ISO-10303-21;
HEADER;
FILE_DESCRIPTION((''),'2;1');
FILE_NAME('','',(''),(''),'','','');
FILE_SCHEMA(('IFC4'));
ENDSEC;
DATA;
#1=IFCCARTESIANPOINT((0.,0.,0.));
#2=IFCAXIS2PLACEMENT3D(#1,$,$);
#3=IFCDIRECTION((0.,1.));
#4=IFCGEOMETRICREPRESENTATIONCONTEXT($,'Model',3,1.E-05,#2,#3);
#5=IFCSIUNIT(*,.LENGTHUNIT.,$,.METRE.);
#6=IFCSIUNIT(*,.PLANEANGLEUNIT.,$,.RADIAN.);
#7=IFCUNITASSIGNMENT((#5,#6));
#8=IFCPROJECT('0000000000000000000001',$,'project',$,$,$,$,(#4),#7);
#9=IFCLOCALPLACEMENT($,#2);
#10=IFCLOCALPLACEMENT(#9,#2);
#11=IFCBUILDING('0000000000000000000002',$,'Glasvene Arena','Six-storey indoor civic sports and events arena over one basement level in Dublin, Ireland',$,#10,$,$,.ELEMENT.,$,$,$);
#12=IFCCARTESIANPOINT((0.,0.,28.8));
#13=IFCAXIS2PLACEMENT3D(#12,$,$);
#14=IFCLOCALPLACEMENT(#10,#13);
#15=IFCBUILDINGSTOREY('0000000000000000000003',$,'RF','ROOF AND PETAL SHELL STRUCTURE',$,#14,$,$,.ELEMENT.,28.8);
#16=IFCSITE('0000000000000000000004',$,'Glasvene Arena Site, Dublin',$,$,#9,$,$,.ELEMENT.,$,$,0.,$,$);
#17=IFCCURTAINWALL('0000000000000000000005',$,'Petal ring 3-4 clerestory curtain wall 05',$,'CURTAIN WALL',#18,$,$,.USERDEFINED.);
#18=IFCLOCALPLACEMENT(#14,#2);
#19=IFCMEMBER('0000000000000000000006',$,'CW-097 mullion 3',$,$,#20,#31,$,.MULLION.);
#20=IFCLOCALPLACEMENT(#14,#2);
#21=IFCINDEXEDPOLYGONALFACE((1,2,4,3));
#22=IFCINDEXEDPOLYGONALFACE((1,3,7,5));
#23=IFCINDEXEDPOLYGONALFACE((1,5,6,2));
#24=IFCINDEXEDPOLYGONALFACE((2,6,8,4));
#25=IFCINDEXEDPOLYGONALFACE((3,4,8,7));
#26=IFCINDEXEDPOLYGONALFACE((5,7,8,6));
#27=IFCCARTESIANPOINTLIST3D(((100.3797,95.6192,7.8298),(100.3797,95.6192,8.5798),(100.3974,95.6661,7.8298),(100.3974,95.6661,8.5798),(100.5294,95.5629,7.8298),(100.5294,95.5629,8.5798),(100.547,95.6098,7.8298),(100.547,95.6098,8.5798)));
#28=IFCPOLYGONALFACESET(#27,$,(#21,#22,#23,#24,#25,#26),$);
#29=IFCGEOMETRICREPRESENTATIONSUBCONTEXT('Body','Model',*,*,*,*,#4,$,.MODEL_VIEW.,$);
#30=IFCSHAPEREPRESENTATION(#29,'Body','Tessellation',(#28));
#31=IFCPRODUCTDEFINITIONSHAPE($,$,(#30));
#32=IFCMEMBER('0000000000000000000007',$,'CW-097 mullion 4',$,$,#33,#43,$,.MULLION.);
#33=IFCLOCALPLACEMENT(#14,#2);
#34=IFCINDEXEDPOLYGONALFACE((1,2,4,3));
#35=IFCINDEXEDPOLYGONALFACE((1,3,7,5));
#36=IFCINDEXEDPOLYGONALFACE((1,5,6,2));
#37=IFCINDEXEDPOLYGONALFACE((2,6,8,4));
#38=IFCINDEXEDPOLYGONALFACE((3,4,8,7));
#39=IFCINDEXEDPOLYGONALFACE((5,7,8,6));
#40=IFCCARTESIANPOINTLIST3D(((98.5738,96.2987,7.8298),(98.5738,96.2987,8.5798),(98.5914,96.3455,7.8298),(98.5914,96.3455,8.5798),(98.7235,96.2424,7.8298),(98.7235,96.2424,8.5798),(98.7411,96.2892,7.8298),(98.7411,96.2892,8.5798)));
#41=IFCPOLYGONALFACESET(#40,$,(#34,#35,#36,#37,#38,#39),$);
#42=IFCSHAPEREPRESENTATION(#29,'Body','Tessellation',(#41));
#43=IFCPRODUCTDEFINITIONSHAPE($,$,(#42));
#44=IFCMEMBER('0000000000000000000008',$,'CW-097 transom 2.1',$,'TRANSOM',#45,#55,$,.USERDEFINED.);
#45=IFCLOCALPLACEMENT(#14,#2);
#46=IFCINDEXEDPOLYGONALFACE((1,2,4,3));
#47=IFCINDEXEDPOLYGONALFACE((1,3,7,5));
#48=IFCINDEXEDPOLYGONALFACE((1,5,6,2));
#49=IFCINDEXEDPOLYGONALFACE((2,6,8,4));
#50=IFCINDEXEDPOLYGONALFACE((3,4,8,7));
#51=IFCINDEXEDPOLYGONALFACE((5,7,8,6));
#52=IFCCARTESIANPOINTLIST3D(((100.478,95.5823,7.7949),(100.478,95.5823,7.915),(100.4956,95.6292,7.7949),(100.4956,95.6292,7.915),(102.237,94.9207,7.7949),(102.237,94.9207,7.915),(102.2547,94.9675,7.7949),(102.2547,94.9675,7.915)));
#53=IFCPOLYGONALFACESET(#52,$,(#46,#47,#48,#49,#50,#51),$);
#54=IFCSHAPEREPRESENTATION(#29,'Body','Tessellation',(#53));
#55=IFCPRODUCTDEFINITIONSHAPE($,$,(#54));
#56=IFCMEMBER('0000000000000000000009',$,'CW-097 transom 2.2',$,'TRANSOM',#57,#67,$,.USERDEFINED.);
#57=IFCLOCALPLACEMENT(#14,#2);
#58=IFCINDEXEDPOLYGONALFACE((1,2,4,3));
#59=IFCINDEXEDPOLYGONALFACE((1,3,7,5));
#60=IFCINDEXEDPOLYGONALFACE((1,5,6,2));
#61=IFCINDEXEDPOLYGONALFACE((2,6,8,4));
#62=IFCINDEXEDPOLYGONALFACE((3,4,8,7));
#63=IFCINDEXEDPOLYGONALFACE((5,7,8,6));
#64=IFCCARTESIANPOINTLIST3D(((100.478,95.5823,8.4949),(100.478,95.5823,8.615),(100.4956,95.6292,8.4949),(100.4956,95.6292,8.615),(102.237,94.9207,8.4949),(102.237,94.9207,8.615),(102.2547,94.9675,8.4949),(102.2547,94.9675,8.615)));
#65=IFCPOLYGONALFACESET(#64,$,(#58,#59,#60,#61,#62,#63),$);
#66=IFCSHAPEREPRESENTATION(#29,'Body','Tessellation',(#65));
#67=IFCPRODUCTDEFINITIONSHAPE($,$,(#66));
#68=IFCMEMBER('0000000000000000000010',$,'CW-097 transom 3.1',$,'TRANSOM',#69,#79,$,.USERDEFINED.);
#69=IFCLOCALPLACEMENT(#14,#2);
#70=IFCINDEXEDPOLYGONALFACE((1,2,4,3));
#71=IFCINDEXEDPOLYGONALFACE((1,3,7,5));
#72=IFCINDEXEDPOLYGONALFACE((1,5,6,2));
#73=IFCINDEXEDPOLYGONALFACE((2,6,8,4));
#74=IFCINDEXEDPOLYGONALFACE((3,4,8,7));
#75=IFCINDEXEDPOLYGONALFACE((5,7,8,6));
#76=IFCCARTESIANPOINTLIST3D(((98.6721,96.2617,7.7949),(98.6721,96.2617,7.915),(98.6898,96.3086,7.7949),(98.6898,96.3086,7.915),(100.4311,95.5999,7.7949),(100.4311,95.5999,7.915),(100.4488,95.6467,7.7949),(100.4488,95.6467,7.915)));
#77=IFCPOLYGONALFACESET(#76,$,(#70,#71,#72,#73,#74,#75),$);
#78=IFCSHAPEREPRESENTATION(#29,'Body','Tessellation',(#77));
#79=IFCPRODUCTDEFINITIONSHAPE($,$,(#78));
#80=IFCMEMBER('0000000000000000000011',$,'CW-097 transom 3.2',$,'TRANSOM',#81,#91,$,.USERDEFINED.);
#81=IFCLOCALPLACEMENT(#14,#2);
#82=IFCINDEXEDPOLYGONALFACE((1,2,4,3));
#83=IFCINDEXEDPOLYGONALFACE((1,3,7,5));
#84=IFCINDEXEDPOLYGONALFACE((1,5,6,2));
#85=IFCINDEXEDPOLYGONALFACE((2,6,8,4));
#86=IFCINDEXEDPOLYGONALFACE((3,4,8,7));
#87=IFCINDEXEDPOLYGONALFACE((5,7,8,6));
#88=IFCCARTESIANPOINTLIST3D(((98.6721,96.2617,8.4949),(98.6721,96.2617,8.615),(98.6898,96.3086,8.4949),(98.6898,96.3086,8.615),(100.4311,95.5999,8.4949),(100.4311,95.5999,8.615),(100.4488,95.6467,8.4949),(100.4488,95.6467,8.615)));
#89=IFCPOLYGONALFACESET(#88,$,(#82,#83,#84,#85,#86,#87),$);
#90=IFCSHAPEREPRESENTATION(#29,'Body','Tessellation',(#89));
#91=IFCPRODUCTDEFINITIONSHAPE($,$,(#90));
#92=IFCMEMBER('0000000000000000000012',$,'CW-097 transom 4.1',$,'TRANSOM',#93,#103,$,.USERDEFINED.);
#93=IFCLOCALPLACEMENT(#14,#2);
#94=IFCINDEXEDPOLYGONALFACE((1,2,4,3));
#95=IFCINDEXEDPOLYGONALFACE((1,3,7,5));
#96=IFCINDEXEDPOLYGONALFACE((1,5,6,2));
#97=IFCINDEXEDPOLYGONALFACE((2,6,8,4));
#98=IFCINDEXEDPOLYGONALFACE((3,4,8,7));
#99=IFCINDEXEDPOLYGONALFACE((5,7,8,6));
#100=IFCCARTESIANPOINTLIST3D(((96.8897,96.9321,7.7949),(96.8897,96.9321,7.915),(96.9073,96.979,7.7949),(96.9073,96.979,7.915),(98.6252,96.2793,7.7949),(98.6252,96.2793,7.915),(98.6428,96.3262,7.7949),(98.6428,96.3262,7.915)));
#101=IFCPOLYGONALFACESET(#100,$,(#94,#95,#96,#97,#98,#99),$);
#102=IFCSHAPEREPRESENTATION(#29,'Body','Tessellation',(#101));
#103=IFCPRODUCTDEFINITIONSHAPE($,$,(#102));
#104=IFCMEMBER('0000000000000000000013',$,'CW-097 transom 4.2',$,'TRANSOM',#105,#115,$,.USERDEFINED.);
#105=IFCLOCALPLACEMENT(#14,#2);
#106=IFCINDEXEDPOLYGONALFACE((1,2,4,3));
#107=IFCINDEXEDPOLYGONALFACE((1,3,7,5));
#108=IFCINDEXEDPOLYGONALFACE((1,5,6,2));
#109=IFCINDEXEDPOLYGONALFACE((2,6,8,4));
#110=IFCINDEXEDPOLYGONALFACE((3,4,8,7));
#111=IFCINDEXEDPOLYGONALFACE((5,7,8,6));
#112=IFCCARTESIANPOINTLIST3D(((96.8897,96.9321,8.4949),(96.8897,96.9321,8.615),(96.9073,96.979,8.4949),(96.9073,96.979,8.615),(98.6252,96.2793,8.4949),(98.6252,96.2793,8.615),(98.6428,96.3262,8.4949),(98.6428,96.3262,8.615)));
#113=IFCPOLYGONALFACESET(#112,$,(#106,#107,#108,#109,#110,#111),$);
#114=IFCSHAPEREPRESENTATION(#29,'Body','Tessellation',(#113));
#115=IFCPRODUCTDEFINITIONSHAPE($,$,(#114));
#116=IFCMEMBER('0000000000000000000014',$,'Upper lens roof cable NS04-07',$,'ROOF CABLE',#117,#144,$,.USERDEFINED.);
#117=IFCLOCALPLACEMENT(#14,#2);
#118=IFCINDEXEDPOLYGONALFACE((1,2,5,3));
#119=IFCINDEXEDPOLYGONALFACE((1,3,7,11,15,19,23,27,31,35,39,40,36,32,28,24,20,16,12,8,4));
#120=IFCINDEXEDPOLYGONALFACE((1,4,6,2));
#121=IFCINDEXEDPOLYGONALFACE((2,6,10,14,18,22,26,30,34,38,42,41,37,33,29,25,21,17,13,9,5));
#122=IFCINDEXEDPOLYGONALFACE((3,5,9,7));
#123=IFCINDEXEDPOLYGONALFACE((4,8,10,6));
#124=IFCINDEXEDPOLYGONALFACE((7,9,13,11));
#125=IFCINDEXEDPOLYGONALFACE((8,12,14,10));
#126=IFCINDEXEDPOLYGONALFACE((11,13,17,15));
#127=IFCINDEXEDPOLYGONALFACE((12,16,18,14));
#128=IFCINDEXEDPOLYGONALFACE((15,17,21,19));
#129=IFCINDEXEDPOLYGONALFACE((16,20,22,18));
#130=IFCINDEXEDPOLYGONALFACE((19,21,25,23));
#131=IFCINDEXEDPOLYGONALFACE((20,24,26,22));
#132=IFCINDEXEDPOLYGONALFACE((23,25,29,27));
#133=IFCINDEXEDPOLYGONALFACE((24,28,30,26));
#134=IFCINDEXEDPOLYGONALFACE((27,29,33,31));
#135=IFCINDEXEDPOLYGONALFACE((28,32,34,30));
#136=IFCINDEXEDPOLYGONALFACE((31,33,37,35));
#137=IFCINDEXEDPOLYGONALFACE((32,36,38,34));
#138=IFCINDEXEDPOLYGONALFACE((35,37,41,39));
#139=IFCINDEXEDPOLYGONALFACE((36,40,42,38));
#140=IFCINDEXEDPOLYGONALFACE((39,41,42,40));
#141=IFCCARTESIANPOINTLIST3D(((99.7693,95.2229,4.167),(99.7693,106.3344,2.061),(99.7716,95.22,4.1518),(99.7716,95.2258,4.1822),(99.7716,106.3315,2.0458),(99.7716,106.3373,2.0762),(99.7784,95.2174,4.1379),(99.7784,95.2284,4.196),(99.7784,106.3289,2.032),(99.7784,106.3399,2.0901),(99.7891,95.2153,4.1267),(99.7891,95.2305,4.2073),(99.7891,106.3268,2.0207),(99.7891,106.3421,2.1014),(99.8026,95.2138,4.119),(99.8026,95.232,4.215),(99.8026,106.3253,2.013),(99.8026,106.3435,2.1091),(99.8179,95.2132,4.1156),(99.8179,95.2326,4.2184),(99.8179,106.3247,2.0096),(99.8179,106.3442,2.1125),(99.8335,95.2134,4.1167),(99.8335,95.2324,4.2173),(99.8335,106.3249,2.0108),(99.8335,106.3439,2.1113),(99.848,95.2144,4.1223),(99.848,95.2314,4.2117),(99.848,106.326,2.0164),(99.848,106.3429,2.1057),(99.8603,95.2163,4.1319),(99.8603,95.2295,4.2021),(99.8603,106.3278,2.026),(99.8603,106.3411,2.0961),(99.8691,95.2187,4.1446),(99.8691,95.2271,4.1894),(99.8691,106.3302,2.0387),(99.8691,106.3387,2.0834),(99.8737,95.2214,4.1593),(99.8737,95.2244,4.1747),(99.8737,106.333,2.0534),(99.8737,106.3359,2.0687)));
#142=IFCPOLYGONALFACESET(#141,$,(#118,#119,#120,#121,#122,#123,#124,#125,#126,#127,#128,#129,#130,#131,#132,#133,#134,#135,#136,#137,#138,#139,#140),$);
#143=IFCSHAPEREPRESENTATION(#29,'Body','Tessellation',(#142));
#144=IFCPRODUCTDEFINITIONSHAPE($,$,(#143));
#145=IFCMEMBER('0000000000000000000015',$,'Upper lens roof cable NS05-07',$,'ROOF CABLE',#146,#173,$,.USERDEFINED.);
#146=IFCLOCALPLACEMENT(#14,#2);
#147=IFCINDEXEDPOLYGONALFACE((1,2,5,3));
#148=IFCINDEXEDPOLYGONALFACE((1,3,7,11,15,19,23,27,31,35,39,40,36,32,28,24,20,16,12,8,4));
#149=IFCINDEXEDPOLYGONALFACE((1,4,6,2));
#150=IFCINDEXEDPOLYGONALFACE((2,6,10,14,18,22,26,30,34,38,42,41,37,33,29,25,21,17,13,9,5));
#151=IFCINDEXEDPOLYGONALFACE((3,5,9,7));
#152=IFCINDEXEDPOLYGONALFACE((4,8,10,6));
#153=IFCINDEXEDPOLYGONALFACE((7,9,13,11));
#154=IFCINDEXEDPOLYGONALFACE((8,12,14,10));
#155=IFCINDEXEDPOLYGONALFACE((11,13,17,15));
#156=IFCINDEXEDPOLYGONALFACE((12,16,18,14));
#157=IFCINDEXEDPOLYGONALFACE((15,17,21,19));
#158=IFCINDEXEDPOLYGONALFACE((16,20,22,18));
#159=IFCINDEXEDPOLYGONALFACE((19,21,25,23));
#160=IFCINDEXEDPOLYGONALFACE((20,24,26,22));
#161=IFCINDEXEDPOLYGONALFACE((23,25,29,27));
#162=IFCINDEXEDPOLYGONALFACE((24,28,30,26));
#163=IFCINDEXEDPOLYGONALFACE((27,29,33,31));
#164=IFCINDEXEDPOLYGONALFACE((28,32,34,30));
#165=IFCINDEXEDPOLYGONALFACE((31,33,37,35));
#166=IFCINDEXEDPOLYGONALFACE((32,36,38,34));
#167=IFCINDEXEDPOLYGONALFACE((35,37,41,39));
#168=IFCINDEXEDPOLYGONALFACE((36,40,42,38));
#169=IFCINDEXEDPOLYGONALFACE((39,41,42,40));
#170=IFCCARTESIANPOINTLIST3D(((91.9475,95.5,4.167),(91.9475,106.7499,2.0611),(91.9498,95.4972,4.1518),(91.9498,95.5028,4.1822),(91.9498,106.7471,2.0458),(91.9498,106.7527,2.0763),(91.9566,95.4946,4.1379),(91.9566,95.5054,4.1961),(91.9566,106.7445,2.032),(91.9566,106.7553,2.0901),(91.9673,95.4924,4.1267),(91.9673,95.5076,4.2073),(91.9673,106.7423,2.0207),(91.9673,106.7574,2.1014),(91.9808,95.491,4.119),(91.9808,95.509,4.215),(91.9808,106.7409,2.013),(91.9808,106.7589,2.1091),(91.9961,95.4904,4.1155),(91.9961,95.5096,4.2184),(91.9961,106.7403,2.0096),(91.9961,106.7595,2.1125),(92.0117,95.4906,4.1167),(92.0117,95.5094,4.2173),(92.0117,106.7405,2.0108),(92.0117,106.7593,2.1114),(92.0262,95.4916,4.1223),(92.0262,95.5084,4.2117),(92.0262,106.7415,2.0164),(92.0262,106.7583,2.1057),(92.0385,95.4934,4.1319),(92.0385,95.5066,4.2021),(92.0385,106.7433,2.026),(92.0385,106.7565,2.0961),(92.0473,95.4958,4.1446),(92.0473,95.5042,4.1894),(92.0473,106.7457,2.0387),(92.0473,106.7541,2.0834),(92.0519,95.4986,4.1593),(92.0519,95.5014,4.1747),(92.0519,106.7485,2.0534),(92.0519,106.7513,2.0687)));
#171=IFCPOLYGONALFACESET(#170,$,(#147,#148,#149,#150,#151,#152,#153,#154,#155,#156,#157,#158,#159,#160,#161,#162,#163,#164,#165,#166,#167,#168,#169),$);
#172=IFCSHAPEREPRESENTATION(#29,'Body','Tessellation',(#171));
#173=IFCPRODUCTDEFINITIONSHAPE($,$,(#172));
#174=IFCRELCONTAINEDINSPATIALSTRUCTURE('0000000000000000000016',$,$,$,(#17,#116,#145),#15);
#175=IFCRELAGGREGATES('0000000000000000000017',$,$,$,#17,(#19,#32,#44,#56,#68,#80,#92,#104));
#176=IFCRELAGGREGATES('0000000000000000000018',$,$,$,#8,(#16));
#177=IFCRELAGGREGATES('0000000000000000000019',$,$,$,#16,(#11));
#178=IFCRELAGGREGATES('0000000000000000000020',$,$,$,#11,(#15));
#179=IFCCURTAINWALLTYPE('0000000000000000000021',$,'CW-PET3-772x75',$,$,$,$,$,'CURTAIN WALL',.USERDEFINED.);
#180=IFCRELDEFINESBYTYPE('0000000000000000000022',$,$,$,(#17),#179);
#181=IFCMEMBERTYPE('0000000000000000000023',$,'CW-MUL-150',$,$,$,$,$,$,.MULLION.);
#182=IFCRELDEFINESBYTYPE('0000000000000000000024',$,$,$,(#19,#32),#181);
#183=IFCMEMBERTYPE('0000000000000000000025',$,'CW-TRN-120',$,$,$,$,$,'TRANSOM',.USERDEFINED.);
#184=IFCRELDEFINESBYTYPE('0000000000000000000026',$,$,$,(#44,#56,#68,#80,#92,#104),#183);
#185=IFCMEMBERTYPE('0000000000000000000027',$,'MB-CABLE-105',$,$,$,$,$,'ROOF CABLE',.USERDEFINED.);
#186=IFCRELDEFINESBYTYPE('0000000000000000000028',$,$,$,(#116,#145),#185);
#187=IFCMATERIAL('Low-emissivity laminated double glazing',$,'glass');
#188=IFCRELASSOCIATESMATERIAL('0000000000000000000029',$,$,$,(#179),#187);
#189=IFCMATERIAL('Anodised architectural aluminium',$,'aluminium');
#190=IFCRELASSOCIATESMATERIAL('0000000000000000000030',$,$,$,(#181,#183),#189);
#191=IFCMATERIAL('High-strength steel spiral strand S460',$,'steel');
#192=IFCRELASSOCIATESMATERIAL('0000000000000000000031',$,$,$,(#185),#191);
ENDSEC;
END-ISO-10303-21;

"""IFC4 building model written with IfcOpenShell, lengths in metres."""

from ifc_helpers import new_model, si_unit, direction, frame, origin, origin_2d, place, context, subcontext, project, spatial, rectangle, circle, extrude, material, material_profile, profile_set, type_object, element, aggregate, save


model = new_model("IFC4")

# Units and contexts
model_context = context("Model", 3, precision=1e-05, world=origin(), true_north=direction((0.0, 1.0)))
body_context = subcontext(model_context, "Body", "Model", "MODEL_VIEW")
ifc_project = project(units=[si_unit("LENGTHUNIT", "METRE"), si_unit("PLANEANGLEUNIT", "RADIAN")], contexts=[model_context])

# Site, building, storey
site_placement = place(None, origin())
site = spatial("IfcSite", under=ifc_project, at=site_placement, Name="Glasvene Arena Site, Dublin", CompositionType="ELEMENT", RefElevation=0.0)
building_placement = place(site_placement, origin())
building = spatial("IfcBuilding", under=site, at=building_placement, Name="Glasvene Arena", Description="Six-storey indoor civic sports and events arena over one basement level in Dublin, Ireland", CompositionType="ELEMENT")
storey_placement = place(building_placement, frame((0.0, 0.0, 28.8)))
storey = spatial("IfcBuildingStorey", under=building, at=storey_placement, Name="RF", Description="ROOF AND PETAL SHELL STRUCTURE", CompositionType="ELEMENT", Elevation=28.8)

# Curtain wall, members
ifc_material_1 = material(Name="Low-emissivity laminated double glazing", Category="glass")
curtain_wall_type = type_object("IfcCurtainWallType", Name="CW-PET3-772x75", ElementType="CURTAIN WALL", PredefinedType="USERDEFINED", material=ifc_material_1)
curtain_wall_placement = place(storey_placement, frame((104.075, 94.2559, 0.0)))
curtain_wall = element("IfcCurtainWall", 1, at=curtain_wall_placement, inside=storey, type_object=curtain_wall_type, Name="Petal ring 3-4 clerestory curtain wall 05", ObjectType="CURTAIN WALL", PredefinedType="USERDEFINED")
ifc_material_2 = material(Name="Anodised architectural aluminium", Category="aluminium")
ifc_material_profile_1 = material_profile(ifc_material_2, rectangle(XDim=0.05, YDim=0.1599, at=origin_2d()), Name="ALU MULLION 50x160")
ifc_profile_set_1 = profile_set([ifc_material_profile_1], Name="Anodised architectural aluminium")
member_type_1 = type_object("IfcMemberType", Name="CW-MUL-150", PredefinedType="MULLION", material=ifc_profile_set_1)
member_1_placement = place(storey_placement, frame((100.4634, 95.6145, 7.8298), z_axis=(0.0, 0.0, 1.0), x_axis=(-0.352092, -0.935966, 0.0)))
member_1 = element("IfcMember", 2, at=member_1_placement, type_object=member_type_1, Name="CW-097 mullion 3", PredefinedType="MULLION", context=body_context, shape_type="SweptSolid", body=[
    extrude(rectangle(XDim=0.05, YDim=0.1599, at=origin_2d()), origin(), (0.0, 0.0, 1.0), 0.75),
])
member_2_placement = place(storey_placement, frame((98.6575, 96.2939, 7.8298), z_axis=(0.0, 0.0, 1.0), x_axis=(-0.352092, -0.935966, 0.0)))
member_2 = element("IfcMember", 3, at=member_2_placement, type_object=member_type_1, Name="CW-097 mullion 4", PredefinedType="MULLION", context=body_context, shape_type="SweptSolid", body=[
    extrude(rectangle(XDim=0.05, YDim=0.1599, at=origin_2d()), origin(), (0.0, 0.0, 1.0), 0.75),
])
ifc_material_profile_2 = material_profile(ifc_material_2, rectangle(XDim=0.05, YDim=0.1201, at=origin_2d()), Name="ALU TRANSOM 50x120")
ifc_profile_set_2 = profile_set([ifc_material_profile_2], Name="Anodised architectural aluminium")
member_type_2 = type_object("IfcMemberType", Name="CW-TRN-120", ElementType="TRANSOM", PredefinedType="USERDEFINED", material=ifc_profile_set_2)
member_3_placement = place(storey_placement, frame((102.2458, 94.9441, 7.855), z_axis=(-0.935982, 0.352049, 0.0), x_axis=(-0.352049, -0.935982, 0.0)))
member_3 = element("IfcMember", 4, at=member_3_placement, type_object=member_type_2, Name="CW-097 transom 2.1", ObjectType="TRANSOM", PredefinedType="USERDEFINED", context=body_context, shape_type="SweptSolid", body=[
    extrude(rectangle(XDim=0.05, YDim=0.1201, at=origin_2d()), origin(), (0.0, 0.0, 1.0), 1.8794),
])
member_4_placement = place(storey_placement, frame((102.2458, 94.9441, 8.5549), z_axis=(-0.935982, 0.352049, 0.0), x_axis=(-0.352049, -0.935982, 0.0)))
member_4 = element("IfcMember", 5, at=member_4_placement, type_object=member_type_2, Name="CW-097 transom 2.2", ObjectType="TRANSOM", PredefinedType="USERDEFINED", context=body_context, shape_type="SweptSolid", body=[
    extrude(rectangle(XDim=0.05, YDim=0.1201, at=origin_2d()), origin(), (0.0, 0.0, 1.0), 1.8794),
])
member_5_placement = place(storey_placement, frame((100.4399, 95.6233, 7.855), z_axis=(-0.935939, 0.352162, 0.0), x_axis=(-0.352162, -0.935939, 0.0)))
member_5 = element("IfcMember", 6, at=member_5_placement, type_object=member_type_2, Name="CW-097 transom 3.1", ObjectType="TRANSOM", PredefinedType="USERDEFINED", context=body_context, shape_type="SweptSolid", body=[
    extrude(rectangle(XDim=0.05, YDim=0.1201, at=origin_2d()), origin(), (0.0, 0.0, 1.0), 1.8794),
])
member_6_placement = place(storey_placement, frame((100.4399, 95.6233, 8.5549), z_axis=(-0.935939, 0.352162, 0.0), x_axis=(-0.352162, -0.935939, 0.0)))
member_6 = element("IfcMember", 7, at=member_6_placement, type_object=member_type_2, Name="CW-097 transom 3.2", ObjectType="TRANSOM", PredefinedType="USERDEFINED", context=body_context, shape_type="SweptSolid", body=[
    extrude(rectangle(XDim=0.05, YDim=0.1201, at=origin_2d()), origin(), (0.0, 0.0, 1.0), 1.8794),
])
member_7_placement = place(storey_placement, frame((98.634, 96.3027, 7.855), z_axis=(-0.935977, 0.352061, 0.0), x_axis=(-0.352061, -0.935977, 0.0)))
member_7 = element("IfcMember", 8, at=member_7_placement, type_object=member_type_2, Name="CW-097 transom 4.1", ObjectType="TRANSOM", PredefinedType="USERDEFINED", context=body_context, shape_type="SweptSolid", body=[
    extrude(rectangle(XDim=0.05, YDim=0.1201, at=origin_2d()), origin(), (0.0, 0.0, 1.0), 1.8542),
])
member_8_placement = place(storey_placement, frame((98.634, 96.3027, 8.5549), z_axis=(-0.935977, 0.352061, 0.0), x_axis=(-0.352061, -0.935977, 0.0)))
member_8 = element("IfcMember", 9, at=member_8_placement, type_object=member_type_2, Name="CW-097 transom 4.2", ObjectType="TRANSOM", PredefinedType="USERDEFINED", context=body_context, shape_type="SweptSolid", body=[
    extrude(rectangle(XDim=0.05, YDim=0.1201, at=origin_2d()), origin(), (0.0, 0.0, 1.0), 1.8542),
])

# Members
ifc_material_3 = material(Name="High-strength steel spiral strand S460", Category="steel")
ifc_material_profile_3 = material_profile(ifc_material_3, circle(Radius=0.0525, at=origin_2d()), Name="LCSS D105")
ifc_profile_set_3 = profile_set([ifc_material_profile_3], Name="High-strength steel spiral strand S460")
member_type_3 = type_object("IfcMemberType", Name="MB-CABLE-105", ElementType="ROOF CABLE", PredefinedType="USERDEFINED", material=ifc_profile_set_3)
member_9_placement = place(storey_placement, frame((99.8218, 95.2229, 4.167), z_axis=(0.0, 0.982509, -0.186213), x_axis=(-1.0, 0.0, 0.0)))
element("IfcMember", 10, at=member_9_placement, inside=storey, type_object=member_type_3, Name="Upper lens roof cable NS04-07", ObjectType="ROOF CABLE", PredefinedType="USERDEFINED", context=body_context, shape_type="SweptSolid", body=[
    extrude(circle(Radius=0.0525, at=origin_2d()), origin(), (0.0, 0.0, 1.0), 11.3093),
])
member_10_placement = place(storey_placement, frame((92.0, 95.5, 4.167), z_axis=(0.0, 0.982926, -0.184), x_axis=(-1.0, 0.0, 0.0)))
element("IfcMember", 11, at=member_10_placement, inside=storey, type_object=member_type_3, Name="Upper lens roof cable NS05-07", ObjectType="ROOF CABLE", PredefinedType="USERDEFINED", context=body_context, shape_type="SweptSolid", body=[
    extrude(circle(Radius=0.0525, at=origin_2d()), origin(), (0.0, 0.0, 1.0), 11.4453),
])

aggregate(curtain_wall, [member_1, member_2, member_3, member_4, member_5, member_6, member_7, member_8])

save(model, "model.ifc")
